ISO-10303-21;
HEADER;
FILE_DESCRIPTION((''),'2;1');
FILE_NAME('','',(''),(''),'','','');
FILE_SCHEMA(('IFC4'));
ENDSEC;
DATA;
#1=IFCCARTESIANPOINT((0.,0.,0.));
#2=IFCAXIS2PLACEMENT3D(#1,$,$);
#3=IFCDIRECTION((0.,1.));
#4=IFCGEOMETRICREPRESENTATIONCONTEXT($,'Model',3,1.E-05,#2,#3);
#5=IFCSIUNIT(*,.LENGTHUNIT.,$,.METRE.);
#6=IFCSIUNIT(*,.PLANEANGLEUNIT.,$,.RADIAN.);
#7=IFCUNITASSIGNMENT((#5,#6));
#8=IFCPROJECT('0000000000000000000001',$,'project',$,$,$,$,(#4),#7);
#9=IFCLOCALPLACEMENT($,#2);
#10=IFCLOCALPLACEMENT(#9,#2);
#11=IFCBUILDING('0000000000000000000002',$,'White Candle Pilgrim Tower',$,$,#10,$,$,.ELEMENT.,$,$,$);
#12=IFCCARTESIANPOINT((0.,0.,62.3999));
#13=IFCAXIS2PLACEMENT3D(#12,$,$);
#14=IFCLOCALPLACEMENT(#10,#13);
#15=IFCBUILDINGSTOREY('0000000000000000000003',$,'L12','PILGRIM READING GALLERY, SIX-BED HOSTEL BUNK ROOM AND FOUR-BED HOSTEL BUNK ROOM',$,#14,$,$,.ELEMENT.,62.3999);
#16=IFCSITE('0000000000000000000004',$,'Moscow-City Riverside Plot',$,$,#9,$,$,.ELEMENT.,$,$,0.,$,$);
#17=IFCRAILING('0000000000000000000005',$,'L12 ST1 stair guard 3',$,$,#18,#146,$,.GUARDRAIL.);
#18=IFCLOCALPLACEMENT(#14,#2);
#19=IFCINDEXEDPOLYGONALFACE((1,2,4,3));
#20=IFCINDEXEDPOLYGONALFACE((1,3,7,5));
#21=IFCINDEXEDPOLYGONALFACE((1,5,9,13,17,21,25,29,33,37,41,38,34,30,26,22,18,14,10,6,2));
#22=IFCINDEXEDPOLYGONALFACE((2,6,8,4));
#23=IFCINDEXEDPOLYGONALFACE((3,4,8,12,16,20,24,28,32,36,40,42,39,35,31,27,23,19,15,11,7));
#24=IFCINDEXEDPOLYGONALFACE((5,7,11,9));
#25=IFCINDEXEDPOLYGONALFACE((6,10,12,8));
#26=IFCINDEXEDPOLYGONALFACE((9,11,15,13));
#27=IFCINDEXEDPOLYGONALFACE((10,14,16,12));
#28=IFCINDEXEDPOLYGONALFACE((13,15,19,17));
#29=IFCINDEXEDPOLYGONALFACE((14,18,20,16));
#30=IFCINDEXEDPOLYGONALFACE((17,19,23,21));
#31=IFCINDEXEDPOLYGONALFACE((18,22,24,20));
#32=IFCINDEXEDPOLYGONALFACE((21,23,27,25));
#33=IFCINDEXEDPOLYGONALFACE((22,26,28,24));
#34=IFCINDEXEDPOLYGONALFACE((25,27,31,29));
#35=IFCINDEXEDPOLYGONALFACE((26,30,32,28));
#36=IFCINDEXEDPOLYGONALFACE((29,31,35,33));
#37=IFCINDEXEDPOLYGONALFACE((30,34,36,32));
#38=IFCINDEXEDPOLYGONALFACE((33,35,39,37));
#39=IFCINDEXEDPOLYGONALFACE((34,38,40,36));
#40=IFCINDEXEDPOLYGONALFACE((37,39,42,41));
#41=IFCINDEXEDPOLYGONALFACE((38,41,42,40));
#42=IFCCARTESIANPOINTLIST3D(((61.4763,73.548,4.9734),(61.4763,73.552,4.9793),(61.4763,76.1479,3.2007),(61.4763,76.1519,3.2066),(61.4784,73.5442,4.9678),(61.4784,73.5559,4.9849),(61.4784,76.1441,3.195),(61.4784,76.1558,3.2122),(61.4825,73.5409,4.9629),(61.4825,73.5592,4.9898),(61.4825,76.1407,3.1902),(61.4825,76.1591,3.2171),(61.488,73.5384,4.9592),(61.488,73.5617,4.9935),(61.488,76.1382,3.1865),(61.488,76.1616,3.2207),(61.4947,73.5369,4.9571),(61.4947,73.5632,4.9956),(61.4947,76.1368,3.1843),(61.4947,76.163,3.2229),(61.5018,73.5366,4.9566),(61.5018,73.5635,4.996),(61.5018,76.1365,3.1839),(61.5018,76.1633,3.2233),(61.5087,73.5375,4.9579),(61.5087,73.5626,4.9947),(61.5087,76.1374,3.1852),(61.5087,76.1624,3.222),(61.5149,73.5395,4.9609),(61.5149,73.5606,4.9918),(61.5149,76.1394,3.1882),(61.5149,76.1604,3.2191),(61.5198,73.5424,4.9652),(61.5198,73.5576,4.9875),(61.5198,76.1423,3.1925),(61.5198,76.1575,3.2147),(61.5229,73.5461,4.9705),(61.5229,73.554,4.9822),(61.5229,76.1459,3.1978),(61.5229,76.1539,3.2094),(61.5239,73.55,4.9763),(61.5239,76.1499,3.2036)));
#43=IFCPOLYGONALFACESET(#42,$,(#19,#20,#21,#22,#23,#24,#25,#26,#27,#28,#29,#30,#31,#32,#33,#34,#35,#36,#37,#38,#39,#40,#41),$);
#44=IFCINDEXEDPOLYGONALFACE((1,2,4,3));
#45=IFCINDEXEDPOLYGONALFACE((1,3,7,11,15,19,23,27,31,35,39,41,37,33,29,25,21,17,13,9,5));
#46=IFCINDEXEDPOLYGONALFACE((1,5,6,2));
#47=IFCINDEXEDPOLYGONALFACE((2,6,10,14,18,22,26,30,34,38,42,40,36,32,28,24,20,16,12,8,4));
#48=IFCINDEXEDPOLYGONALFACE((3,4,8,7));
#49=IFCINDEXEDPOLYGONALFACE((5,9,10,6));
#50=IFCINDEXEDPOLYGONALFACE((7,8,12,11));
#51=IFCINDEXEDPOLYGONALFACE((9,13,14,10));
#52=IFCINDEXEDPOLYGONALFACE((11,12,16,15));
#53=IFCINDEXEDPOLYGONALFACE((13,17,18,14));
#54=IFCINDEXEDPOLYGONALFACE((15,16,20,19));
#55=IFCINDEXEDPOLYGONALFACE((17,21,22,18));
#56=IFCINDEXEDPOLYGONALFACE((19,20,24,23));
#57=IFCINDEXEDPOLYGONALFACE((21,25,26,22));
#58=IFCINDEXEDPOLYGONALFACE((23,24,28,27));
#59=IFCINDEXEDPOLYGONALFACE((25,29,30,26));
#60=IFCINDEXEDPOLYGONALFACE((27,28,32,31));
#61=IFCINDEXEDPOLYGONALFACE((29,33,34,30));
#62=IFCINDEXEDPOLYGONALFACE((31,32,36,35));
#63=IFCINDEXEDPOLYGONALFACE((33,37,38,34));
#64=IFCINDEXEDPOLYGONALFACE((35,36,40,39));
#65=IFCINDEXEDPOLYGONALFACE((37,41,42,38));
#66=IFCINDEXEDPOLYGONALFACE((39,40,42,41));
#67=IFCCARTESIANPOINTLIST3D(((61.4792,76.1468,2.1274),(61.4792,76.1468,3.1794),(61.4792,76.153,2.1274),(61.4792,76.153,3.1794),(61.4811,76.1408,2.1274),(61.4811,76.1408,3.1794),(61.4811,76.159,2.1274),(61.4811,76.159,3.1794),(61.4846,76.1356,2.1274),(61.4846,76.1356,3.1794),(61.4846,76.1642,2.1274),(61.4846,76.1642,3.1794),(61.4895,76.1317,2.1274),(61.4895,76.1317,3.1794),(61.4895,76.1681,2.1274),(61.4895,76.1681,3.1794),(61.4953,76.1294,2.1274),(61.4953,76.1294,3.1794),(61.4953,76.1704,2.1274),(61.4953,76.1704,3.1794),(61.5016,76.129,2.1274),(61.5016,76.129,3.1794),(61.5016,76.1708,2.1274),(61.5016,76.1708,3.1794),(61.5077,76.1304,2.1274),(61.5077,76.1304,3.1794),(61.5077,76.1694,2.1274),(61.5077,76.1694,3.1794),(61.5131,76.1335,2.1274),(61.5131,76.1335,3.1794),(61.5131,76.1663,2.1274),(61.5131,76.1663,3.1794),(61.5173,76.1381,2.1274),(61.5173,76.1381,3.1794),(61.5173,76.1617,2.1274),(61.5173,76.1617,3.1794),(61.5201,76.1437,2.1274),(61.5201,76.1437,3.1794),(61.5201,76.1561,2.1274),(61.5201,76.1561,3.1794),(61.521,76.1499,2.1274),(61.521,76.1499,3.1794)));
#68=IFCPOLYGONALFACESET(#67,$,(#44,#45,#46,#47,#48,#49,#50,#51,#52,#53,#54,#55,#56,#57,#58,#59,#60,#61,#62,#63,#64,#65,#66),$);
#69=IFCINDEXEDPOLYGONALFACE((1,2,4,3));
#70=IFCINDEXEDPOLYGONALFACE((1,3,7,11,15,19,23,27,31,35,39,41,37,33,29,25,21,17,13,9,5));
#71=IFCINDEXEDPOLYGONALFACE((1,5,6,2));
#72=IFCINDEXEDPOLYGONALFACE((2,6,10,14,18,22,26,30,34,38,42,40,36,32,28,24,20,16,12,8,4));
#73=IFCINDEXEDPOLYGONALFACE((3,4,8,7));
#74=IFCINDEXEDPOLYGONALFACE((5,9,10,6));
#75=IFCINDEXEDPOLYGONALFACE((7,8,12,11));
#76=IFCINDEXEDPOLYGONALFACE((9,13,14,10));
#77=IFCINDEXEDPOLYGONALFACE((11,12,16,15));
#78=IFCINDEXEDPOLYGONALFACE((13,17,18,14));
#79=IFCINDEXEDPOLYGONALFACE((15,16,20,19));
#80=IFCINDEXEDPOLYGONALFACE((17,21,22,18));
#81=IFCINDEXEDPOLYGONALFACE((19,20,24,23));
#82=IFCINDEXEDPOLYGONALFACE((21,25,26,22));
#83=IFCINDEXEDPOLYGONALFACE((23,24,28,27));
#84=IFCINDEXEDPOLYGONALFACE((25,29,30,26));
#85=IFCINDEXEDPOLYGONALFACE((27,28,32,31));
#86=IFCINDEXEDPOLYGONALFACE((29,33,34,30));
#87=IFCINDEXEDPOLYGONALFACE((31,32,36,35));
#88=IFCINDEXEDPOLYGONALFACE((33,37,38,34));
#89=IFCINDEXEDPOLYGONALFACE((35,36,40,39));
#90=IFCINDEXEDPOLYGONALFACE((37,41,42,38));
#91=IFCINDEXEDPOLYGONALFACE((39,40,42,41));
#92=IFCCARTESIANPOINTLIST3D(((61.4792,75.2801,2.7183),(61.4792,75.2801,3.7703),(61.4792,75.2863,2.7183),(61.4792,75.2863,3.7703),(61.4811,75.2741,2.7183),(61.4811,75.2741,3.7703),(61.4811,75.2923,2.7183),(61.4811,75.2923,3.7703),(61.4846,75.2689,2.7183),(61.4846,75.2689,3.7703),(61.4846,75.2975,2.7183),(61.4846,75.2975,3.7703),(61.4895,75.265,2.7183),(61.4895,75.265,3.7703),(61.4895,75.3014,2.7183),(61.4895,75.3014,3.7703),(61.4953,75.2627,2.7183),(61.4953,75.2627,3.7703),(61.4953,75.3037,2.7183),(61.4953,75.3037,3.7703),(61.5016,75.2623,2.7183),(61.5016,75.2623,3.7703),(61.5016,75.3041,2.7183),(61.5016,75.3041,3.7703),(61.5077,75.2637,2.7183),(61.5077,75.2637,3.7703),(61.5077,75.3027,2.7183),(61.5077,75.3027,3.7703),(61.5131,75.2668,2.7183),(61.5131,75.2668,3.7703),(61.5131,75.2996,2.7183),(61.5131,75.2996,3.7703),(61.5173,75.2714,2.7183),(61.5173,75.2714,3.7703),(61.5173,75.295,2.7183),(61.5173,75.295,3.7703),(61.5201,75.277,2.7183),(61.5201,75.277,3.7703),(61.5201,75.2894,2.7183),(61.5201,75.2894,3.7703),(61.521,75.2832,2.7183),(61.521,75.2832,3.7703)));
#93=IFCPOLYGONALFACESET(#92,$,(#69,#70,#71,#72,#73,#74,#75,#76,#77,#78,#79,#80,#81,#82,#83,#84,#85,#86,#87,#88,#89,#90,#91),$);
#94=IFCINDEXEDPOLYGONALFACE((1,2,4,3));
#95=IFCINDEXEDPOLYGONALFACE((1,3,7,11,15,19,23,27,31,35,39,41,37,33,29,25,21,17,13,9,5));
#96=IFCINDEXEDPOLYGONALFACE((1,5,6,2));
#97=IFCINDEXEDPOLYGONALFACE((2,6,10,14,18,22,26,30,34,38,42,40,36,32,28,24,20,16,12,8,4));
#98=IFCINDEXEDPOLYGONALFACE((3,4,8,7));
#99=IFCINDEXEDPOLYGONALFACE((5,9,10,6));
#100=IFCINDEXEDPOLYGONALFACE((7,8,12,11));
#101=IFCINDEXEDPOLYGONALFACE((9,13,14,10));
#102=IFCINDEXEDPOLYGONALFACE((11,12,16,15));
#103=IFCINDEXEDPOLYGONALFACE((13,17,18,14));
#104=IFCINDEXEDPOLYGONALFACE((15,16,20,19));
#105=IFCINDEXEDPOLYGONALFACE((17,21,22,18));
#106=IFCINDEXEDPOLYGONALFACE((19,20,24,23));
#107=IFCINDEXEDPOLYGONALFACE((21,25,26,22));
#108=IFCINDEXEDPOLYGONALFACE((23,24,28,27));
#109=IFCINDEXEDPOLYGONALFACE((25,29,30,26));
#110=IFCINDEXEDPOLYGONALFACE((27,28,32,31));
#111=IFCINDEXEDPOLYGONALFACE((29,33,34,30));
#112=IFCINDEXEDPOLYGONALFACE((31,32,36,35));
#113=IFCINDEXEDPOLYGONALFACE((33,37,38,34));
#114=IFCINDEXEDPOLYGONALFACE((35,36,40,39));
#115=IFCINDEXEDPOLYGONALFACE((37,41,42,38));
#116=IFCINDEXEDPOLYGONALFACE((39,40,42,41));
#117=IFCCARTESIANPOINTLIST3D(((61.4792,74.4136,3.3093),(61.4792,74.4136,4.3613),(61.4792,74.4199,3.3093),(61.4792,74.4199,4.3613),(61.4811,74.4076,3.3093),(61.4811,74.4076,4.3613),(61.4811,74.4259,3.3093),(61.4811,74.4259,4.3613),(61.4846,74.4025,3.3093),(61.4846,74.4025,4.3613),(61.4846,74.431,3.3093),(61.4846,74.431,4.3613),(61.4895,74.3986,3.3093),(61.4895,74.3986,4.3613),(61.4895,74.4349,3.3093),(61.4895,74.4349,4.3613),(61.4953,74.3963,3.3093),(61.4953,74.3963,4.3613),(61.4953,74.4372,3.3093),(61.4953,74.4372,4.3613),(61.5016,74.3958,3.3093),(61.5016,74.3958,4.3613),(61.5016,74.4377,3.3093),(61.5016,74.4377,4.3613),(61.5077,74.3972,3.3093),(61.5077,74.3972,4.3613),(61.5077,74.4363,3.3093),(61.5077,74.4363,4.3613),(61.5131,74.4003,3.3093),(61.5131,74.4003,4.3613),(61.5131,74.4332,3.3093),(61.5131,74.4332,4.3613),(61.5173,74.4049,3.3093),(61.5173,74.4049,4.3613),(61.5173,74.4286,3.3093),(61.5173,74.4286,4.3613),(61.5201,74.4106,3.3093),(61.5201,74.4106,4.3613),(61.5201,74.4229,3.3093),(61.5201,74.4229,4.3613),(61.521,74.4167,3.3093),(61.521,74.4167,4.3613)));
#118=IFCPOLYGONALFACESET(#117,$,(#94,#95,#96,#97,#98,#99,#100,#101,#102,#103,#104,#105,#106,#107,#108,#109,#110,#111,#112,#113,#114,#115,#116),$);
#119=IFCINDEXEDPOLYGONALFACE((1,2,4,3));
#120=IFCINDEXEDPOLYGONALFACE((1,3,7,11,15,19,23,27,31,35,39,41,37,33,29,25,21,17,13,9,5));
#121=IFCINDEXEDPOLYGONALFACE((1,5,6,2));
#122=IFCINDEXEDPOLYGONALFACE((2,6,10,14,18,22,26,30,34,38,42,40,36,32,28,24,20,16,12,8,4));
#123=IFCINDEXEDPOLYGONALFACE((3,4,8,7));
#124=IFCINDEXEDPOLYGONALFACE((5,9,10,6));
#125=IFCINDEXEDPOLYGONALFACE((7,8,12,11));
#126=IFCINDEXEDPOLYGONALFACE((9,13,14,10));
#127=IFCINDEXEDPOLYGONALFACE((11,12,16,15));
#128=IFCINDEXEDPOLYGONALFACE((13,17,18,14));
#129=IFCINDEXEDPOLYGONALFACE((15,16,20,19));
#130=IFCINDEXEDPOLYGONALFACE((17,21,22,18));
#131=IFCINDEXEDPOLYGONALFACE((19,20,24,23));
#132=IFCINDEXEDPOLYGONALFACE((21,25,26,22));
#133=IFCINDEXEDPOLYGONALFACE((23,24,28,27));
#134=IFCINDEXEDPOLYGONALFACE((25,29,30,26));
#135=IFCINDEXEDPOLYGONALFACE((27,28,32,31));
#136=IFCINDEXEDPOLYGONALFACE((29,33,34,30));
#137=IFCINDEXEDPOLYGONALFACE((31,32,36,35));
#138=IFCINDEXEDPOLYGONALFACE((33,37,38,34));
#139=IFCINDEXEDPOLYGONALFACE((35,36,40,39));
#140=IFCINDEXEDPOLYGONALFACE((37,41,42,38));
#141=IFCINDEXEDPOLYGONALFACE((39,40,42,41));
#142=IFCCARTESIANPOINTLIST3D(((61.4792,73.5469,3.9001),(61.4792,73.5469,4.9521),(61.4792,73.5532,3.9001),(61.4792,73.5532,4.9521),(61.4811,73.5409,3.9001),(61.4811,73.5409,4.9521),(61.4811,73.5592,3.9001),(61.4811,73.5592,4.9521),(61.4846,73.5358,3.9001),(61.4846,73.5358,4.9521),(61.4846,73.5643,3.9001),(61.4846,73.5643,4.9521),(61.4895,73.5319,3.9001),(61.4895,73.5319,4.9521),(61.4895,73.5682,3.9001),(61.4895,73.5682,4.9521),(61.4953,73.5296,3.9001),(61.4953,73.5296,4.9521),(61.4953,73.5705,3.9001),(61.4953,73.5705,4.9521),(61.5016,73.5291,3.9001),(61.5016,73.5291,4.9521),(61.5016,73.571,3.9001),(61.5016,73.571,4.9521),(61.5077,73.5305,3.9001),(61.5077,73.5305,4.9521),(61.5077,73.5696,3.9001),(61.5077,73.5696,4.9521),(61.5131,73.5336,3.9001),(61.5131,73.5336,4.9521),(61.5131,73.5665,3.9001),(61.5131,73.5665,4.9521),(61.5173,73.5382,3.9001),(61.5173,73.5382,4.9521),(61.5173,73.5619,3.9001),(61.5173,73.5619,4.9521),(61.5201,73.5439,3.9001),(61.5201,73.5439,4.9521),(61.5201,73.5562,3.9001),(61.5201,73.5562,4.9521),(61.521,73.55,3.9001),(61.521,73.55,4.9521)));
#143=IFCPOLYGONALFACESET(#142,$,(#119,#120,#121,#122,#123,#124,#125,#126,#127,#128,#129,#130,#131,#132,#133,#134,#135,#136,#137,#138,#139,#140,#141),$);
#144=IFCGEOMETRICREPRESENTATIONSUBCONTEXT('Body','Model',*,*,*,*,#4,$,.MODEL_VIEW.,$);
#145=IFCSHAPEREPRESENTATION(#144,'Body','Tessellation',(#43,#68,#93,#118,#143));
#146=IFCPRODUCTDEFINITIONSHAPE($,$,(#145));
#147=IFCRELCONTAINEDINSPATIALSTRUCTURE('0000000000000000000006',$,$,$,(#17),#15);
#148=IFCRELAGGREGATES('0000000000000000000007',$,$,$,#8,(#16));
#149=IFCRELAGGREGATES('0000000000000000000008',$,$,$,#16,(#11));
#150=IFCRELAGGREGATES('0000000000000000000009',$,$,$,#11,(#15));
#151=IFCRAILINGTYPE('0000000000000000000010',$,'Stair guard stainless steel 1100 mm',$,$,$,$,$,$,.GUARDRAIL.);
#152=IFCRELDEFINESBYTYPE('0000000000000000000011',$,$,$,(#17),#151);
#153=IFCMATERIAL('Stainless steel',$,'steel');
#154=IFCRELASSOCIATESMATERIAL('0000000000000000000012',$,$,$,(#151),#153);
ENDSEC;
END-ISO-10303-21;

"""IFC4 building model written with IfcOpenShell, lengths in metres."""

from ifc_helpers import new_model, si_unit, direction, frame, origin, origin_2d, place, context, subcontext, project, spatial, circle, extrude, material, type_object, element, save


model = new_model("IFC4")

# Units and contexts
model_context = context("Model", 3, precision=1e-05, world=origin(), true_north=direction((0.0, 1.0)))
body_context = subcontext(model_context, "Body", "Model", "MODEL_VIEW")
ifc_project = project(units=[si_unit("LENGTHUNIT", "METRE"), si_unit("PLANEANGLEUNIT", "RADIAN")], contexts=[model_context])

# Site, building, storey
site_placement = place(None, origin())
site = spatial("IfcSite", under=ifc_project, at=site_placement, Name="Moscow-City Riverside Plot", CompositionType="ELEMENT", RefElevation=0.0)
building_placement = place(site_placement, origin())
building = spatial("IfcBuilding", under=site, at=building_placement, Name="White Candle Pilgrim Tower", CompositionType="ELEMENT")
storey_placement = place(building_placement, frame((0.0, 0.0, 62.3999)))
storey = spatial("IfcBuildingStorey", under=building, at=storey_placement, Name="L12", Description="PILGRIM READING GALLERY, SIX-BED HOSTEL BUNK ROOM AND FOUR-BED HOSTEL BUNK ROOM", CompositionType="ELEMENT", Elevation=62.3999)

# Railing
ifc_material_1 = material(Name="Stainless steel", Category="steel")
railing_type_1 = type_object("IfcRailingType", Name="Stair guard stainless steel 1100 mm", PredefinedType="GUARDRAIL", material=ifc_material_1)
railing_1_placement = place(storey_placement, frame((61.5, 76.1499, 2.1274)))
element("IfcRailing", 1, at=railing_1_placement, inside=storey, type_object=railing_type_1, Name="L12 ST1 stair guard 3", PredefinedType="GUARDRAIL", context=body_context, shape_type="SweptSolid", body=[
    extrude(circle(Radius=0.0239, at=origin_2d()), frame((0.0, 0.0, 1.0762), z_axis=(0.0, -0.826216, 0.563354), x_axis=(1.0, 0.0, 0.0)), (0.0, 0.0, 1.0), 3.1467),
    extrude(circle(Radius=0.021, at=origin_2d()), origin(), (0.0, 0.0, 1.0), 1.052),
    extrude(circle(Radius=0.021, at=origin_2d()), frame((0.0, -0.8667, 0.5908)), (0.0, 0.0, 1.0), 1.052),
    extrude(circle(Radius=0.021, at=origin_2d()), frame((0.0, -1.7332, 1.1819)), (0.0, 0.0, 1.0), 1.052),
    extrude(circle(Radius=0.021, at=origin_2d()), frame((0.0, -2.5999, 1.7727)), (0.0, 0.0, 1.0), 1.052),
])

save(model, "model.ifc")
